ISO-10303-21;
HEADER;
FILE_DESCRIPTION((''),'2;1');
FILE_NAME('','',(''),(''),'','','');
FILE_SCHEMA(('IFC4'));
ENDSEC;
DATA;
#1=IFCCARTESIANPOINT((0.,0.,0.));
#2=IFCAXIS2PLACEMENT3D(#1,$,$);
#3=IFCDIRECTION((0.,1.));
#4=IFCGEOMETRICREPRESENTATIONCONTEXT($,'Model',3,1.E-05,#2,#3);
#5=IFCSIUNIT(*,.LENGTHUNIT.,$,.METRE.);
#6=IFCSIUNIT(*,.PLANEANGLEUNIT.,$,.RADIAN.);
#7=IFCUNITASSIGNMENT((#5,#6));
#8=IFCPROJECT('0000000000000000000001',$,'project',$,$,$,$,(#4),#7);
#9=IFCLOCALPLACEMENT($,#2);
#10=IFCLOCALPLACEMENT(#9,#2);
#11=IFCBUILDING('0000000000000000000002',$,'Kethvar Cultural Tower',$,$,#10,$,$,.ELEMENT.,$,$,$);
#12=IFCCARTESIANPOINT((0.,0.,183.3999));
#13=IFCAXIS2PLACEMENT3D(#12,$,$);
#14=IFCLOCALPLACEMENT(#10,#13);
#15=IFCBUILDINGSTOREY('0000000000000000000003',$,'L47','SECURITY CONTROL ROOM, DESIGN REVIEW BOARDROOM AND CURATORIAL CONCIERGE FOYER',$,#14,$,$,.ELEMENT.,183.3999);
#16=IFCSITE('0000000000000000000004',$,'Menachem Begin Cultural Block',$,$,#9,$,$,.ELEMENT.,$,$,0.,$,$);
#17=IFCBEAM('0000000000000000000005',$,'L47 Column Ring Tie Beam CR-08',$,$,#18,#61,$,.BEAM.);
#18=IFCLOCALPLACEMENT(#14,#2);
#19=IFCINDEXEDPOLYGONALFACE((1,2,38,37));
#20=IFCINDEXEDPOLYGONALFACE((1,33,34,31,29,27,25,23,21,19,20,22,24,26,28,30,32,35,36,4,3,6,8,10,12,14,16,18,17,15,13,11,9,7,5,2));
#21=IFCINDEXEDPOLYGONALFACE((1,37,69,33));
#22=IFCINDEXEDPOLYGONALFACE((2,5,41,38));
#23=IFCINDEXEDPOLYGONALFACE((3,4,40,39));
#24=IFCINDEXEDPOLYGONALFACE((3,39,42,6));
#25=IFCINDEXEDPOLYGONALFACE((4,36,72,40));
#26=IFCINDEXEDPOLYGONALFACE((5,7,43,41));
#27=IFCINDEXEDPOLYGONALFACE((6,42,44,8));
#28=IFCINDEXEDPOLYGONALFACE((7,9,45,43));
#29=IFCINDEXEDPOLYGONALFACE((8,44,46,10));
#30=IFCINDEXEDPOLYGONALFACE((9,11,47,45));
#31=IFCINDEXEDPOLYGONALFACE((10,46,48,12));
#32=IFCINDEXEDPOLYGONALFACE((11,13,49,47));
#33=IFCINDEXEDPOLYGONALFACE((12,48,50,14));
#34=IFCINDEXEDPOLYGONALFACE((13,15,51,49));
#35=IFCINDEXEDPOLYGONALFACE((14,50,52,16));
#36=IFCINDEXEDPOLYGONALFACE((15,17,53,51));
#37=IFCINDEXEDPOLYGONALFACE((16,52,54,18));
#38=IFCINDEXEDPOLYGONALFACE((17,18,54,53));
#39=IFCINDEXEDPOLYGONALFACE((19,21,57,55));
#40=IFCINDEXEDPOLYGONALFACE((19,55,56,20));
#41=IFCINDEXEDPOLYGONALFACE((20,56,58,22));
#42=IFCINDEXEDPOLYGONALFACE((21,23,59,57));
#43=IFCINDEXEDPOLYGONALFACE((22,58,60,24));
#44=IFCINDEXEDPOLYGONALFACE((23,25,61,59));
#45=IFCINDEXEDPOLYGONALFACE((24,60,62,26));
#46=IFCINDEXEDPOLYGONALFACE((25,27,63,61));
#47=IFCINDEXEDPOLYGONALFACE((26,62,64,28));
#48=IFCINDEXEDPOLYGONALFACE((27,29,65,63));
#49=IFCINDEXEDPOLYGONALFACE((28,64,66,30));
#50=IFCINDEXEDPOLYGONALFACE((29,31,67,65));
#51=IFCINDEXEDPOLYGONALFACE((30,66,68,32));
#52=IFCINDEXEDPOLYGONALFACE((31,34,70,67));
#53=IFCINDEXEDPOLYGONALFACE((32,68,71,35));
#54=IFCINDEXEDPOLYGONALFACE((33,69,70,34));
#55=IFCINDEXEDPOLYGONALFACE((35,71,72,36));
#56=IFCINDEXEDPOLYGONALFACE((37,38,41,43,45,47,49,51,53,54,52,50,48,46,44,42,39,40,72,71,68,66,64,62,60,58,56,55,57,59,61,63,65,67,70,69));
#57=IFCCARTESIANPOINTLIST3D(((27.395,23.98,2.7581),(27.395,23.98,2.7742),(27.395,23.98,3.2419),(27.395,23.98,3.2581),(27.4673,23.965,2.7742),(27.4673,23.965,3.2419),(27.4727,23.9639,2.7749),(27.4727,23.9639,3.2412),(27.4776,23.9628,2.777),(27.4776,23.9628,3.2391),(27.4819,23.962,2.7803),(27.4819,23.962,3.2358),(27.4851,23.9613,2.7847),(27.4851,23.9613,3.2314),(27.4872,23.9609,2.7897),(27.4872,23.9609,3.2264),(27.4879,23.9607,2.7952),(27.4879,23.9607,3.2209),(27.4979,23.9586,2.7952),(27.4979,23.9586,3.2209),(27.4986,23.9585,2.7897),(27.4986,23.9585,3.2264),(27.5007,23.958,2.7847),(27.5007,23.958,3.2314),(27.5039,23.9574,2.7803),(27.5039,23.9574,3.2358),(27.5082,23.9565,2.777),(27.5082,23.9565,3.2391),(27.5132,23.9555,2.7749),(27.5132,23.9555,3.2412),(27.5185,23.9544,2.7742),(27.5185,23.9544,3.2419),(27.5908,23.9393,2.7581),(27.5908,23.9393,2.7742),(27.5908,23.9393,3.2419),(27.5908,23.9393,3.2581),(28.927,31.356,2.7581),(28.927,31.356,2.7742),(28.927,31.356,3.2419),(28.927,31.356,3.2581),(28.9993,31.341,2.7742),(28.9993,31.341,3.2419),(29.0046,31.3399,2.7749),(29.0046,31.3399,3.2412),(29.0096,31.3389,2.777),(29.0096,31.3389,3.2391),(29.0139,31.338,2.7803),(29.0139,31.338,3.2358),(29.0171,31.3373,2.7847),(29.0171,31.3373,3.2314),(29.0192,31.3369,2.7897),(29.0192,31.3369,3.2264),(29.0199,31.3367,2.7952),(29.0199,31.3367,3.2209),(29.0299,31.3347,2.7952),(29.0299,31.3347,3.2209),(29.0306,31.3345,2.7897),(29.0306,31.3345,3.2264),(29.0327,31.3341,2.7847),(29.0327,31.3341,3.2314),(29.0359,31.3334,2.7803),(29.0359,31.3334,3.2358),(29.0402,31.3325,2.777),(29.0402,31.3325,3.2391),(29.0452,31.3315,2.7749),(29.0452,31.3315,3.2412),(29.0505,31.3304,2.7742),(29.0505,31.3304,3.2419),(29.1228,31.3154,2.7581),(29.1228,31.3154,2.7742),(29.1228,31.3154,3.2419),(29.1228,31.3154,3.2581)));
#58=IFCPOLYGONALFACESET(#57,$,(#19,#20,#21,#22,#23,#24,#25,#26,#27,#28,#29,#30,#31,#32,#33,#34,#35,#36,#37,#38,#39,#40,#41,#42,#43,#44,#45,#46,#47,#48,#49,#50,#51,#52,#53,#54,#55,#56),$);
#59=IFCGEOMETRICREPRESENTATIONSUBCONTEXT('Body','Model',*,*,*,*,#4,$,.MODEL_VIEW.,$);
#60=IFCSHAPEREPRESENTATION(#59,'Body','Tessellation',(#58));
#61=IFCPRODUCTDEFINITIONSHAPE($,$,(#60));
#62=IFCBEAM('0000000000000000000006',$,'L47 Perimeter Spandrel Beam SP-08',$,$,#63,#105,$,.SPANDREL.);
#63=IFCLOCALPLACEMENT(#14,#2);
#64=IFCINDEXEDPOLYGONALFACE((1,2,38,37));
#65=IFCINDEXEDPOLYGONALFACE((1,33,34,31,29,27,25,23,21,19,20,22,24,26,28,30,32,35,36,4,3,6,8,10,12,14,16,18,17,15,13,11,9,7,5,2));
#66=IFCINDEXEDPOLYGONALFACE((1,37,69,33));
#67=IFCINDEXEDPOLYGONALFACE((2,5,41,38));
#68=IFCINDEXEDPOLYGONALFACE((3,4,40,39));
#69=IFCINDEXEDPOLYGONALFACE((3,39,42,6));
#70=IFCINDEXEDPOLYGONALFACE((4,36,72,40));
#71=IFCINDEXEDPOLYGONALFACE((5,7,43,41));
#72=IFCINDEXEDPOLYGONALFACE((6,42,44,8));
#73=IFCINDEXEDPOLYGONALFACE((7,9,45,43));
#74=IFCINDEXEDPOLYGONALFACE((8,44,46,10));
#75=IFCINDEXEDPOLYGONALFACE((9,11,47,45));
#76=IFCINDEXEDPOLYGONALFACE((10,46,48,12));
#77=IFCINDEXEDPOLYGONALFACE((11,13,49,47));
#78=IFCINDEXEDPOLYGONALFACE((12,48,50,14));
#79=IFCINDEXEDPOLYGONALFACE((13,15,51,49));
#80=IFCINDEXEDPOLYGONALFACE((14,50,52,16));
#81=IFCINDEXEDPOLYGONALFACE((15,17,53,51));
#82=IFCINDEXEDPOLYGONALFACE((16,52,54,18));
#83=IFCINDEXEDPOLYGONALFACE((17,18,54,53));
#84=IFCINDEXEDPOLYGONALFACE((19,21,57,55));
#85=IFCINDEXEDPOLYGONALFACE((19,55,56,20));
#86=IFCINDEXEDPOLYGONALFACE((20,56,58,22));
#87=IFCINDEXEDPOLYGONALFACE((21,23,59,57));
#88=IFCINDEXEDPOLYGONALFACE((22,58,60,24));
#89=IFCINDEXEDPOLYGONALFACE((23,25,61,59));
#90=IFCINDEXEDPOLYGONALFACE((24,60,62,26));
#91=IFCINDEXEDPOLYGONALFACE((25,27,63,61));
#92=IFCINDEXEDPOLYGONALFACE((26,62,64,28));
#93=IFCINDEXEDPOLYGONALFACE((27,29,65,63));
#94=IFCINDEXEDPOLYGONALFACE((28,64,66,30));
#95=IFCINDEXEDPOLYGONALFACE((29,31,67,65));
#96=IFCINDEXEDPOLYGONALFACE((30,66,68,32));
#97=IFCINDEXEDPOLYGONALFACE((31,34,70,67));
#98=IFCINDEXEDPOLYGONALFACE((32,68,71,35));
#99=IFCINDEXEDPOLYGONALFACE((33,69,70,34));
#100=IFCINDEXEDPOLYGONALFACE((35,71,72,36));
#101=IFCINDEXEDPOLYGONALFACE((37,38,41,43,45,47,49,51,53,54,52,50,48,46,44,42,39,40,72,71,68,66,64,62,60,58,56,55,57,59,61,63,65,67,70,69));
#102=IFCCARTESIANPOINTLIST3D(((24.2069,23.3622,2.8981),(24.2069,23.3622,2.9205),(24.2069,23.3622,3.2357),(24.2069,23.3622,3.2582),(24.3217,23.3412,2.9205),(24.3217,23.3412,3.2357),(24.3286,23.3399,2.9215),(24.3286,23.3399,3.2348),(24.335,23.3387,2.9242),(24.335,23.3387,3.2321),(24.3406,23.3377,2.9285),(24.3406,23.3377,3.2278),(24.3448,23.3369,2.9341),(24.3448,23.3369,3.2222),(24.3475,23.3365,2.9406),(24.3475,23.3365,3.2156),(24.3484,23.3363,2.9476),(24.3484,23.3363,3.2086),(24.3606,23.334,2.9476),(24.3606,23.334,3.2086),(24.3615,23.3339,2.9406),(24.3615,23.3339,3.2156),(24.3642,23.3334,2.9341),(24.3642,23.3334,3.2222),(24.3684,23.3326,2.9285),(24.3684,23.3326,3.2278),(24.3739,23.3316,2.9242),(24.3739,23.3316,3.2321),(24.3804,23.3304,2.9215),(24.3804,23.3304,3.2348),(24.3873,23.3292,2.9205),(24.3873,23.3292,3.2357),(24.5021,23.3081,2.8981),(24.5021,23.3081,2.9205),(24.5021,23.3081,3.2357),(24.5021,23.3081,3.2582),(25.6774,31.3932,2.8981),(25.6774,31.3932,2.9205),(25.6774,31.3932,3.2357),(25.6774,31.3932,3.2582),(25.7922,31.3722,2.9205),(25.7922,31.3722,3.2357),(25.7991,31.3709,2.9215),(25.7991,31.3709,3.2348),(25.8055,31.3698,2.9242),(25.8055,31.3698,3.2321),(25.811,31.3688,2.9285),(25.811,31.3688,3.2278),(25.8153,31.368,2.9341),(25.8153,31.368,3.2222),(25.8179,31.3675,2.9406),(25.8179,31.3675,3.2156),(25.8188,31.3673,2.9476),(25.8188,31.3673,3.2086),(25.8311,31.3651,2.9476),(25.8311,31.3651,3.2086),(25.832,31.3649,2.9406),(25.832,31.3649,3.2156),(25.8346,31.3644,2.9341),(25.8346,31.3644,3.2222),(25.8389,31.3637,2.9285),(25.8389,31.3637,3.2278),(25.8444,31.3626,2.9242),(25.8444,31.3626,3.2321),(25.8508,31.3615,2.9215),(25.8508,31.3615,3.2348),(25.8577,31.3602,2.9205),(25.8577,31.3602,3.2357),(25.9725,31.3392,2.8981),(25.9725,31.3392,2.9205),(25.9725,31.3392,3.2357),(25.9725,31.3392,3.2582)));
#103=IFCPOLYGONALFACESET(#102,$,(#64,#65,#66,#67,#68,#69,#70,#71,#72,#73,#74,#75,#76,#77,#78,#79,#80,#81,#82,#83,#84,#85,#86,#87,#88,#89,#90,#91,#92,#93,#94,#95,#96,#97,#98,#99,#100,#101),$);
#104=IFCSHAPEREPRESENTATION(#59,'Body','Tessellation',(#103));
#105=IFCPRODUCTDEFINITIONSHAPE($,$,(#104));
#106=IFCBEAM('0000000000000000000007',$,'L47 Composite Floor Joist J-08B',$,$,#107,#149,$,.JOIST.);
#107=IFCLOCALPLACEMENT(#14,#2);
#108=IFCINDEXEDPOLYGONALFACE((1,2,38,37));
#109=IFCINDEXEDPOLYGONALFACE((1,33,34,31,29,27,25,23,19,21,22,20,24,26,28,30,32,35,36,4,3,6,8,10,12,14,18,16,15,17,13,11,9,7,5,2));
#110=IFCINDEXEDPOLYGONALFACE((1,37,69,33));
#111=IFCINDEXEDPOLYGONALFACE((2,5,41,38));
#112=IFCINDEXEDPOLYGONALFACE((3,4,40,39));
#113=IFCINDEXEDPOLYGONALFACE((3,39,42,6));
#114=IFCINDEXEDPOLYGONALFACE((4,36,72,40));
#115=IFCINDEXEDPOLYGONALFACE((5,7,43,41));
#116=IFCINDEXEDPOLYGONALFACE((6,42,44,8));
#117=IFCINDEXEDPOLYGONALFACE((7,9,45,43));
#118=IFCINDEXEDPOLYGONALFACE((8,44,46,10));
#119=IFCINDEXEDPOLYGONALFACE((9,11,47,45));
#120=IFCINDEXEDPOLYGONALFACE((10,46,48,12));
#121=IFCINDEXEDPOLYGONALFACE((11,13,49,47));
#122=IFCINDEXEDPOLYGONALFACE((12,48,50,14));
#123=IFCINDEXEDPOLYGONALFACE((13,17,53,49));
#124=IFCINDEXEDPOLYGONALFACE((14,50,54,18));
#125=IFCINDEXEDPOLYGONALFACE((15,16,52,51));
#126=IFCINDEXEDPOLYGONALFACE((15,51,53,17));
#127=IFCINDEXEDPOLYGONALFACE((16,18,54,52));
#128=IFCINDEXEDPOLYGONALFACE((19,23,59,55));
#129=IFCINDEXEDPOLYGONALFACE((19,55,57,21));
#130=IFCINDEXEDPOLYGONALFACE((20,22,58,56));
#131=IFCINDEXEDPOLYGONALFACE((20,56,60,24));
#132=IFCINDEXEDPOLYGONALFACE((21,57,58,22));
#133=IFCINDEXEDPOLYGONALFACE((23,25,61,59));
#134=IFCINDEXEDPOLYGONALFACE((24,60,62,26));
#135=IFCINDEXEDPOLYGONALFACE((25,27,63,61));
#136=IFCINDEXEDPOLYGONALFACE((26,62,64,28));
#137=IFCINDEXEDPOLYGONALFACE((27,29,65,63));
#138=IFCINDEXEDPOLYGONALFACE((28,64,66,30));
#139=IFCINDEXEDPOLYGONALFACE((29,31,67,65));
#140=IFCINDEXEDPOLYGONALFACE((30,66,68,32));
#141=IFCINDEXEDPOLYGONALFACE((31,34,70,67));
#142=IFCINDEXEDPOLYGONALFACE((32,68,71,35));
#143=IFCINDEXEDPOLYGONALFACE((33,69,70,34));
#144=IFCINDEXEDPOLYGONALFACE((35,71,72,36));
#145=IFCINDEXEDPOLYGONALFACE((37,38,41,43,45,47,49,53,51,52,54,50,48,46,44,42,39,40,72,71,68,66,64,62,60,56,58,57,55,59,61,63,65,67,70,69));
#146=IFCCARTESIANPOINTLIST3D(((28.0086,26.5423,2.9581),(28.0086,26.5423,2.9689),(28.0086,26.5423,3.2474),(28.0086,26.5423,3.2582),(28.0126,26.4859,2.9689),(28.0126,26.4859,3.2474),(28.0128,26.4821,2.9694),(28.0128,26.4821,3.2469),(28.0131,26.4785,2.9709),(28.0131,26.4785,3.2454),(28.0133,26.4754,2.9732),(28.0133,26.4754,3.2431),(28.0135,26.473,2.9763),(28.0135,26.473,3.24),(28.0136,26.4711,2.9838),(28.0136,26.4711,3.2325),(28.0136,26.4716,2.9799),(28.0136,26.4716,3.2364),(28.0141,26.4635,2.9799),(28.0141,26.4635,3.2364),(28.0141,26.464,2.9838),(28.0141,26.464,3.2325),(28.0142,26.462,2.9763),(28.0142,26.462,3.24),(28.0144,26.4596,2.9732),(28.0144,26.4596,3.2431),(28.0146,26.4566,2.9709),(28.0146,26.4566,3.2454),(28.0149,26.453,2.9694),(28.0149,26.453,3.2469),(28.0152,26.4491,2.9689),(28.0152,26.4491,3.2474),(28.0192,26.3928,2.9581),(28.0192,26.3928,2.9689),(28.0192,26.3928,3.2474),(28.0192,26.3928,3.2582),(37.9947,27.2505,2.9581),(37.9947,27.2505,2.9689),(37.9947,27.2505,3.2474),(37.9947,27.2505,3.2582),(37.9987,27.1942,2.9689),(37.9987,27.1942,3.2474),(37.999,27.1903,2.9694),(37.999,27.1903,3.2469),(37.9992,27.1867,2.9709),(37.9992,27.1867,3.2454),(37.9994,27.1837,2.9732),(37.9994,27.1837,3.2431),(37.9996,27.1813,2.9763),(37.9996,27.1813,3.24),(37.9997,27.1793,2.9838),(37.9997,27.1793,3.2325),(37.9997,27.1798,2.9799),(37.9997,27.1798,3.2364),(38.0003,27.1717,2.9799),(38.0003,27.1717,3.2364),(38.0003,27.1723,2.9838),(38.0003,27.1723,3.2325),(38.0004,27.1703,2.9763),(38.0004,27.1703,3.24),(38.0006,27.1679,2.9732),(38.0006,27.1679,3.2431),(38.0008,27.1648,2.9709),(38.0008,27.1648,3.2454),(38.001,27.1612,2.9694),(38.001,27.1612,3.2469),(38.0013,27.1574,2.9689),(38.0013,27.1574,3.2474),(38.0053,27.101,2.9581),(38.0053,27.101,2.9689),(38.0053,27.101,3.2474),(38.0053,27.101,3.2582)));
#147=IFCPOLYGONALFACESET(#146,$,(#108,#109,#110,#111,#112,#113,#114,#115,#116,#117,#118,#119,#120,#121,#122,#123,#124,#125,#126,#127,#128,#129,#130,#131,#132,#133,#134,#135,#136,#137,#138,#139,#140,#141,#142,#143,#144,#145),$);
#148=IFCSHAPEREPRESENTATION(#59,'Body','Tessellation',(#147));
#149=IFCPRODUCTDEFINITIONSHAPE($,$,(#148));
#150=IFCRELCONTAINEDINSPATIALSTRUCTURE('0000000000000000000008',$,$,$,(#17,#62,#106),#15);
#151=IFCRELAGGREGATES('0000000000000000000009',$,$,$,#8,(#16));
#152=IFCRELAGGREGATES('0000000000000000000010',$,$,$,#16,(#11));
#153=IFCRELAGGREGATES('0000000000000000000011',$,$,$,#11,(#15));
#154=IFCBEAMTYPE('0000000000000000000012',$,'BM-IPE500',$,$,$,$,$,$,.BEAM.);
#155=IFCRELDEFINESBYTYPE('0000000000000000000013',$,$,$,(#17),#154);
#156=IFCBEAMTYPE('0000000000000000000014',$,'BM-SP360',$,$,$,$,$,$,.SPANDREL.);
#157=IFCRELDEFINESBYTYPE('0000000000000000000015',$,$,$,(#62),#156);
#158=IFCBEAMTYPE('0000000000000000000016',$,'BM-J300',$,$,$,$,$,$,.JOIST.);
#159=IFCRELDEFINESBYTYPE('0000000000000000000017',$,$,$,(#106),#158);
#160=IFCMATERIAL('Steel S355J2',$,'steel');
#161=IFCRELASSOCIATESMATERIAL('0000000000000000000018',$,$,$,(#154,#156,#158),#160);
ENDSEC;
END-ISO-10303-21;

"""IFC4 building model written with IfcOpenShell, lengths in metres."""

from ifc_helpers import new_model, si_unit, direction, frame, origin, origin_2d, place, context, subcontext, project, spatial, i_section, extrude, source, transform, mapped, material, material_profile, profile_set, type_object, element, save


model = new_model("IFC4")

# Units and contexts
model_context = context("Model", 3, precision=1e-05, world=origin(), true_north=direction((0.0, 1.0)))
body_context = subcontext(model_context, "Body", "Model", "MODEL_VIEW")
ifc_project = project(units=[si_unit("LENGTHUNIT", "METRE"), si_unit("PLANEANGLEUNIT", "RADIAN")], contexts=[model_context])

# Site, building, storey
site_placement = place(None, origin())
site = spatial("IfcSite", under=ifc_project, at=site_placement, Name="Menachem Begin Cultural Block", CompositionType="ELEMENT", RefElevation=0.0)
building_placement = place(site_placement, origin())
building = spatial("IfcBuilding", under=site, at=building_placement, Name="Kethvar Cultural Tower", CompositionType="ELEMENT")
storey_placement = place(building_placement, frame((0.0, 0.0, 183.3999)))
storey = spatial("IfcBuildingStorey", under=building, at=storey_placement, Name="L47", Description="SECURITY CONTROL ROOM, DESIGN REVIEW BOARDROOM AND CURATORIAL CONCIERGE FOYER", CompositionType="ELEMENT", Elevation=183.3999)

# Beams
ifc_material_1 = material(Name="Steel S355J2", Category="steel")
ifc_material_profile_1 = material_profile(ifc_material_1, i_section(OverallWidth=0.2, OverallDepth=0.5, WebThickness=0.0103, FlangeThickness=0.0161, FilletRadius=0.021, at=origin_2d()), Name="Steel S355J2 — IPE500")
ifc_profile_set_1 = profile_set([ifc_material_profile_1], Name="Steel S355J2 — IPE500")
beam_type_1 = type_object("IfcBeamType", Name="BM-IPE500", PredefinedType="BEAM", material=ifc_profile_set_1)
shared_shape_1 = source(origin(), body_context, "Body", "SweptSolid", [
    extrude(i_section(OverallWidth=0.2, OverallDepth=0.5, WebThickness=0.0103, FlangeThickness=0.0161, FilletRadius=0.021, at=origin_2d()), origin(), (0.0, 0.0, 1.0), 7.5334),
])
beam_1_placement = place(storey_placement, frame((29.0249, 31.3357, 3.0081), z_axis=(-0.203359, -0.979104, 0.0), x_axis=(0.979104, -0.203359, 0.0)))
element("IfcBeam", 1, at=beam_1_placement, inside=storey, type_object=beam_type_1, Name="L47 Column Ring Tie Beam CR-08", PredefinedType="BEAM", context=body_context, shape_type="MappedRepresentation", body=[
    mapped(shared_shape_1, transform((0.0, 0.0, 0.0), scale=1.0)),
])
ifc_material_profile_2 = material_profile(ifc_material_1, i_section(OverallWidth=0.3, OverallDepth=0.3601, WebThickness=0.0125, FlangeThickness=0.0225, FilletRadius=0.0271, at=origin_2d()), Name="Steel S355J2 — HEB360")
ifc_profile_set_2 = profile_set([ifc_material_profile_2], Name="Steel S355J2 — HEB360")
beam_type_2 = type_object("IfcBeamType", Name="BM-SP360", PredefinedType="SPANDREL", material=ifc_profile_set_2)
shared_shape_2 = source(origin(), body_context, "Body", "SweptSolid", [
    extrude(i_section(OverallWidth=0.3, OverallDepth=0.3601, WebThickness=0.0125, FlangeThickness=0.0225, FilletRadius=0.0271, at=origin_2d()), origin(), (0.0, 0.0, 1.0), 8.1646),
])
beam_2_placement = place(storey_placement, frame((25.825, 31.3662, 3.0781), z_axis=(-0.180104, -0.983648, 0.0), x_axis=(0.983648, -0.180104, 0.0)))
element("IfcBeam", 2, at=beam_2_placement, inside=storey, type_object=beam_type_2, Name="L47 Perimeter Spandrel Beam SP-08", PredefinedType="SPANDREL", context=body_context, shape_type="MappedRepresentation", body=[
    mapped(shared_shape_2, transform((0.0, 0.0, 0.0), scale=1.0)),
])
ifc_material_profile_3 = material_profile(ifc_material_1, i_section(OverallWidth=0.1499, OverallDepth=0.3, WebThickness=0.0071, FlangeThickness=0.0107, FilletRadius=0.0149, at=origin_2d()), Name="Steel S355J2 — IPE300")
ifc_profile_set_3 = profile_set([ifc_material_profile_3], Name="Steel S355J2 — IPE300")
beam_type_3 = type_object("IfcBeamType", Name="BM-J300", PredefinedType="JOIST", material=ifc_profile_set_3)
shared_shape_3 = source(origin(), body_context, "Body", "SweptSolid", [
    extrude(i_section(OverallWidth=0.1499, OverallDepth=0.3, WebThickness=0.0071, FlangeThickness=0.0107, FilletRadius=0.0149, at=origin_2d()), origin(), (0.0, 0.0, 1.0), 10.0112),
])
beam_3_placement = place(storey_placement, frame((38.0, 27.1758, 3.1082), z_axis=(-0.997494, -0.070746, 0.0), x_axis=(0.070746, -0.997494, 0.0)))
element("IfcBeam", 3, at=beam_3_placement, inside=storey, type_object=beam_type_3, Name="L47 Composite Floor Joist J-08B", PredefinedType="JOIST", context=body_context, shape_type="MappedRepresentation", body=[
    mapped(shared_shape_3, transform((0.0, 0.0, 0.0), scale=1.0)),
])

save(model, "model.ifc")
